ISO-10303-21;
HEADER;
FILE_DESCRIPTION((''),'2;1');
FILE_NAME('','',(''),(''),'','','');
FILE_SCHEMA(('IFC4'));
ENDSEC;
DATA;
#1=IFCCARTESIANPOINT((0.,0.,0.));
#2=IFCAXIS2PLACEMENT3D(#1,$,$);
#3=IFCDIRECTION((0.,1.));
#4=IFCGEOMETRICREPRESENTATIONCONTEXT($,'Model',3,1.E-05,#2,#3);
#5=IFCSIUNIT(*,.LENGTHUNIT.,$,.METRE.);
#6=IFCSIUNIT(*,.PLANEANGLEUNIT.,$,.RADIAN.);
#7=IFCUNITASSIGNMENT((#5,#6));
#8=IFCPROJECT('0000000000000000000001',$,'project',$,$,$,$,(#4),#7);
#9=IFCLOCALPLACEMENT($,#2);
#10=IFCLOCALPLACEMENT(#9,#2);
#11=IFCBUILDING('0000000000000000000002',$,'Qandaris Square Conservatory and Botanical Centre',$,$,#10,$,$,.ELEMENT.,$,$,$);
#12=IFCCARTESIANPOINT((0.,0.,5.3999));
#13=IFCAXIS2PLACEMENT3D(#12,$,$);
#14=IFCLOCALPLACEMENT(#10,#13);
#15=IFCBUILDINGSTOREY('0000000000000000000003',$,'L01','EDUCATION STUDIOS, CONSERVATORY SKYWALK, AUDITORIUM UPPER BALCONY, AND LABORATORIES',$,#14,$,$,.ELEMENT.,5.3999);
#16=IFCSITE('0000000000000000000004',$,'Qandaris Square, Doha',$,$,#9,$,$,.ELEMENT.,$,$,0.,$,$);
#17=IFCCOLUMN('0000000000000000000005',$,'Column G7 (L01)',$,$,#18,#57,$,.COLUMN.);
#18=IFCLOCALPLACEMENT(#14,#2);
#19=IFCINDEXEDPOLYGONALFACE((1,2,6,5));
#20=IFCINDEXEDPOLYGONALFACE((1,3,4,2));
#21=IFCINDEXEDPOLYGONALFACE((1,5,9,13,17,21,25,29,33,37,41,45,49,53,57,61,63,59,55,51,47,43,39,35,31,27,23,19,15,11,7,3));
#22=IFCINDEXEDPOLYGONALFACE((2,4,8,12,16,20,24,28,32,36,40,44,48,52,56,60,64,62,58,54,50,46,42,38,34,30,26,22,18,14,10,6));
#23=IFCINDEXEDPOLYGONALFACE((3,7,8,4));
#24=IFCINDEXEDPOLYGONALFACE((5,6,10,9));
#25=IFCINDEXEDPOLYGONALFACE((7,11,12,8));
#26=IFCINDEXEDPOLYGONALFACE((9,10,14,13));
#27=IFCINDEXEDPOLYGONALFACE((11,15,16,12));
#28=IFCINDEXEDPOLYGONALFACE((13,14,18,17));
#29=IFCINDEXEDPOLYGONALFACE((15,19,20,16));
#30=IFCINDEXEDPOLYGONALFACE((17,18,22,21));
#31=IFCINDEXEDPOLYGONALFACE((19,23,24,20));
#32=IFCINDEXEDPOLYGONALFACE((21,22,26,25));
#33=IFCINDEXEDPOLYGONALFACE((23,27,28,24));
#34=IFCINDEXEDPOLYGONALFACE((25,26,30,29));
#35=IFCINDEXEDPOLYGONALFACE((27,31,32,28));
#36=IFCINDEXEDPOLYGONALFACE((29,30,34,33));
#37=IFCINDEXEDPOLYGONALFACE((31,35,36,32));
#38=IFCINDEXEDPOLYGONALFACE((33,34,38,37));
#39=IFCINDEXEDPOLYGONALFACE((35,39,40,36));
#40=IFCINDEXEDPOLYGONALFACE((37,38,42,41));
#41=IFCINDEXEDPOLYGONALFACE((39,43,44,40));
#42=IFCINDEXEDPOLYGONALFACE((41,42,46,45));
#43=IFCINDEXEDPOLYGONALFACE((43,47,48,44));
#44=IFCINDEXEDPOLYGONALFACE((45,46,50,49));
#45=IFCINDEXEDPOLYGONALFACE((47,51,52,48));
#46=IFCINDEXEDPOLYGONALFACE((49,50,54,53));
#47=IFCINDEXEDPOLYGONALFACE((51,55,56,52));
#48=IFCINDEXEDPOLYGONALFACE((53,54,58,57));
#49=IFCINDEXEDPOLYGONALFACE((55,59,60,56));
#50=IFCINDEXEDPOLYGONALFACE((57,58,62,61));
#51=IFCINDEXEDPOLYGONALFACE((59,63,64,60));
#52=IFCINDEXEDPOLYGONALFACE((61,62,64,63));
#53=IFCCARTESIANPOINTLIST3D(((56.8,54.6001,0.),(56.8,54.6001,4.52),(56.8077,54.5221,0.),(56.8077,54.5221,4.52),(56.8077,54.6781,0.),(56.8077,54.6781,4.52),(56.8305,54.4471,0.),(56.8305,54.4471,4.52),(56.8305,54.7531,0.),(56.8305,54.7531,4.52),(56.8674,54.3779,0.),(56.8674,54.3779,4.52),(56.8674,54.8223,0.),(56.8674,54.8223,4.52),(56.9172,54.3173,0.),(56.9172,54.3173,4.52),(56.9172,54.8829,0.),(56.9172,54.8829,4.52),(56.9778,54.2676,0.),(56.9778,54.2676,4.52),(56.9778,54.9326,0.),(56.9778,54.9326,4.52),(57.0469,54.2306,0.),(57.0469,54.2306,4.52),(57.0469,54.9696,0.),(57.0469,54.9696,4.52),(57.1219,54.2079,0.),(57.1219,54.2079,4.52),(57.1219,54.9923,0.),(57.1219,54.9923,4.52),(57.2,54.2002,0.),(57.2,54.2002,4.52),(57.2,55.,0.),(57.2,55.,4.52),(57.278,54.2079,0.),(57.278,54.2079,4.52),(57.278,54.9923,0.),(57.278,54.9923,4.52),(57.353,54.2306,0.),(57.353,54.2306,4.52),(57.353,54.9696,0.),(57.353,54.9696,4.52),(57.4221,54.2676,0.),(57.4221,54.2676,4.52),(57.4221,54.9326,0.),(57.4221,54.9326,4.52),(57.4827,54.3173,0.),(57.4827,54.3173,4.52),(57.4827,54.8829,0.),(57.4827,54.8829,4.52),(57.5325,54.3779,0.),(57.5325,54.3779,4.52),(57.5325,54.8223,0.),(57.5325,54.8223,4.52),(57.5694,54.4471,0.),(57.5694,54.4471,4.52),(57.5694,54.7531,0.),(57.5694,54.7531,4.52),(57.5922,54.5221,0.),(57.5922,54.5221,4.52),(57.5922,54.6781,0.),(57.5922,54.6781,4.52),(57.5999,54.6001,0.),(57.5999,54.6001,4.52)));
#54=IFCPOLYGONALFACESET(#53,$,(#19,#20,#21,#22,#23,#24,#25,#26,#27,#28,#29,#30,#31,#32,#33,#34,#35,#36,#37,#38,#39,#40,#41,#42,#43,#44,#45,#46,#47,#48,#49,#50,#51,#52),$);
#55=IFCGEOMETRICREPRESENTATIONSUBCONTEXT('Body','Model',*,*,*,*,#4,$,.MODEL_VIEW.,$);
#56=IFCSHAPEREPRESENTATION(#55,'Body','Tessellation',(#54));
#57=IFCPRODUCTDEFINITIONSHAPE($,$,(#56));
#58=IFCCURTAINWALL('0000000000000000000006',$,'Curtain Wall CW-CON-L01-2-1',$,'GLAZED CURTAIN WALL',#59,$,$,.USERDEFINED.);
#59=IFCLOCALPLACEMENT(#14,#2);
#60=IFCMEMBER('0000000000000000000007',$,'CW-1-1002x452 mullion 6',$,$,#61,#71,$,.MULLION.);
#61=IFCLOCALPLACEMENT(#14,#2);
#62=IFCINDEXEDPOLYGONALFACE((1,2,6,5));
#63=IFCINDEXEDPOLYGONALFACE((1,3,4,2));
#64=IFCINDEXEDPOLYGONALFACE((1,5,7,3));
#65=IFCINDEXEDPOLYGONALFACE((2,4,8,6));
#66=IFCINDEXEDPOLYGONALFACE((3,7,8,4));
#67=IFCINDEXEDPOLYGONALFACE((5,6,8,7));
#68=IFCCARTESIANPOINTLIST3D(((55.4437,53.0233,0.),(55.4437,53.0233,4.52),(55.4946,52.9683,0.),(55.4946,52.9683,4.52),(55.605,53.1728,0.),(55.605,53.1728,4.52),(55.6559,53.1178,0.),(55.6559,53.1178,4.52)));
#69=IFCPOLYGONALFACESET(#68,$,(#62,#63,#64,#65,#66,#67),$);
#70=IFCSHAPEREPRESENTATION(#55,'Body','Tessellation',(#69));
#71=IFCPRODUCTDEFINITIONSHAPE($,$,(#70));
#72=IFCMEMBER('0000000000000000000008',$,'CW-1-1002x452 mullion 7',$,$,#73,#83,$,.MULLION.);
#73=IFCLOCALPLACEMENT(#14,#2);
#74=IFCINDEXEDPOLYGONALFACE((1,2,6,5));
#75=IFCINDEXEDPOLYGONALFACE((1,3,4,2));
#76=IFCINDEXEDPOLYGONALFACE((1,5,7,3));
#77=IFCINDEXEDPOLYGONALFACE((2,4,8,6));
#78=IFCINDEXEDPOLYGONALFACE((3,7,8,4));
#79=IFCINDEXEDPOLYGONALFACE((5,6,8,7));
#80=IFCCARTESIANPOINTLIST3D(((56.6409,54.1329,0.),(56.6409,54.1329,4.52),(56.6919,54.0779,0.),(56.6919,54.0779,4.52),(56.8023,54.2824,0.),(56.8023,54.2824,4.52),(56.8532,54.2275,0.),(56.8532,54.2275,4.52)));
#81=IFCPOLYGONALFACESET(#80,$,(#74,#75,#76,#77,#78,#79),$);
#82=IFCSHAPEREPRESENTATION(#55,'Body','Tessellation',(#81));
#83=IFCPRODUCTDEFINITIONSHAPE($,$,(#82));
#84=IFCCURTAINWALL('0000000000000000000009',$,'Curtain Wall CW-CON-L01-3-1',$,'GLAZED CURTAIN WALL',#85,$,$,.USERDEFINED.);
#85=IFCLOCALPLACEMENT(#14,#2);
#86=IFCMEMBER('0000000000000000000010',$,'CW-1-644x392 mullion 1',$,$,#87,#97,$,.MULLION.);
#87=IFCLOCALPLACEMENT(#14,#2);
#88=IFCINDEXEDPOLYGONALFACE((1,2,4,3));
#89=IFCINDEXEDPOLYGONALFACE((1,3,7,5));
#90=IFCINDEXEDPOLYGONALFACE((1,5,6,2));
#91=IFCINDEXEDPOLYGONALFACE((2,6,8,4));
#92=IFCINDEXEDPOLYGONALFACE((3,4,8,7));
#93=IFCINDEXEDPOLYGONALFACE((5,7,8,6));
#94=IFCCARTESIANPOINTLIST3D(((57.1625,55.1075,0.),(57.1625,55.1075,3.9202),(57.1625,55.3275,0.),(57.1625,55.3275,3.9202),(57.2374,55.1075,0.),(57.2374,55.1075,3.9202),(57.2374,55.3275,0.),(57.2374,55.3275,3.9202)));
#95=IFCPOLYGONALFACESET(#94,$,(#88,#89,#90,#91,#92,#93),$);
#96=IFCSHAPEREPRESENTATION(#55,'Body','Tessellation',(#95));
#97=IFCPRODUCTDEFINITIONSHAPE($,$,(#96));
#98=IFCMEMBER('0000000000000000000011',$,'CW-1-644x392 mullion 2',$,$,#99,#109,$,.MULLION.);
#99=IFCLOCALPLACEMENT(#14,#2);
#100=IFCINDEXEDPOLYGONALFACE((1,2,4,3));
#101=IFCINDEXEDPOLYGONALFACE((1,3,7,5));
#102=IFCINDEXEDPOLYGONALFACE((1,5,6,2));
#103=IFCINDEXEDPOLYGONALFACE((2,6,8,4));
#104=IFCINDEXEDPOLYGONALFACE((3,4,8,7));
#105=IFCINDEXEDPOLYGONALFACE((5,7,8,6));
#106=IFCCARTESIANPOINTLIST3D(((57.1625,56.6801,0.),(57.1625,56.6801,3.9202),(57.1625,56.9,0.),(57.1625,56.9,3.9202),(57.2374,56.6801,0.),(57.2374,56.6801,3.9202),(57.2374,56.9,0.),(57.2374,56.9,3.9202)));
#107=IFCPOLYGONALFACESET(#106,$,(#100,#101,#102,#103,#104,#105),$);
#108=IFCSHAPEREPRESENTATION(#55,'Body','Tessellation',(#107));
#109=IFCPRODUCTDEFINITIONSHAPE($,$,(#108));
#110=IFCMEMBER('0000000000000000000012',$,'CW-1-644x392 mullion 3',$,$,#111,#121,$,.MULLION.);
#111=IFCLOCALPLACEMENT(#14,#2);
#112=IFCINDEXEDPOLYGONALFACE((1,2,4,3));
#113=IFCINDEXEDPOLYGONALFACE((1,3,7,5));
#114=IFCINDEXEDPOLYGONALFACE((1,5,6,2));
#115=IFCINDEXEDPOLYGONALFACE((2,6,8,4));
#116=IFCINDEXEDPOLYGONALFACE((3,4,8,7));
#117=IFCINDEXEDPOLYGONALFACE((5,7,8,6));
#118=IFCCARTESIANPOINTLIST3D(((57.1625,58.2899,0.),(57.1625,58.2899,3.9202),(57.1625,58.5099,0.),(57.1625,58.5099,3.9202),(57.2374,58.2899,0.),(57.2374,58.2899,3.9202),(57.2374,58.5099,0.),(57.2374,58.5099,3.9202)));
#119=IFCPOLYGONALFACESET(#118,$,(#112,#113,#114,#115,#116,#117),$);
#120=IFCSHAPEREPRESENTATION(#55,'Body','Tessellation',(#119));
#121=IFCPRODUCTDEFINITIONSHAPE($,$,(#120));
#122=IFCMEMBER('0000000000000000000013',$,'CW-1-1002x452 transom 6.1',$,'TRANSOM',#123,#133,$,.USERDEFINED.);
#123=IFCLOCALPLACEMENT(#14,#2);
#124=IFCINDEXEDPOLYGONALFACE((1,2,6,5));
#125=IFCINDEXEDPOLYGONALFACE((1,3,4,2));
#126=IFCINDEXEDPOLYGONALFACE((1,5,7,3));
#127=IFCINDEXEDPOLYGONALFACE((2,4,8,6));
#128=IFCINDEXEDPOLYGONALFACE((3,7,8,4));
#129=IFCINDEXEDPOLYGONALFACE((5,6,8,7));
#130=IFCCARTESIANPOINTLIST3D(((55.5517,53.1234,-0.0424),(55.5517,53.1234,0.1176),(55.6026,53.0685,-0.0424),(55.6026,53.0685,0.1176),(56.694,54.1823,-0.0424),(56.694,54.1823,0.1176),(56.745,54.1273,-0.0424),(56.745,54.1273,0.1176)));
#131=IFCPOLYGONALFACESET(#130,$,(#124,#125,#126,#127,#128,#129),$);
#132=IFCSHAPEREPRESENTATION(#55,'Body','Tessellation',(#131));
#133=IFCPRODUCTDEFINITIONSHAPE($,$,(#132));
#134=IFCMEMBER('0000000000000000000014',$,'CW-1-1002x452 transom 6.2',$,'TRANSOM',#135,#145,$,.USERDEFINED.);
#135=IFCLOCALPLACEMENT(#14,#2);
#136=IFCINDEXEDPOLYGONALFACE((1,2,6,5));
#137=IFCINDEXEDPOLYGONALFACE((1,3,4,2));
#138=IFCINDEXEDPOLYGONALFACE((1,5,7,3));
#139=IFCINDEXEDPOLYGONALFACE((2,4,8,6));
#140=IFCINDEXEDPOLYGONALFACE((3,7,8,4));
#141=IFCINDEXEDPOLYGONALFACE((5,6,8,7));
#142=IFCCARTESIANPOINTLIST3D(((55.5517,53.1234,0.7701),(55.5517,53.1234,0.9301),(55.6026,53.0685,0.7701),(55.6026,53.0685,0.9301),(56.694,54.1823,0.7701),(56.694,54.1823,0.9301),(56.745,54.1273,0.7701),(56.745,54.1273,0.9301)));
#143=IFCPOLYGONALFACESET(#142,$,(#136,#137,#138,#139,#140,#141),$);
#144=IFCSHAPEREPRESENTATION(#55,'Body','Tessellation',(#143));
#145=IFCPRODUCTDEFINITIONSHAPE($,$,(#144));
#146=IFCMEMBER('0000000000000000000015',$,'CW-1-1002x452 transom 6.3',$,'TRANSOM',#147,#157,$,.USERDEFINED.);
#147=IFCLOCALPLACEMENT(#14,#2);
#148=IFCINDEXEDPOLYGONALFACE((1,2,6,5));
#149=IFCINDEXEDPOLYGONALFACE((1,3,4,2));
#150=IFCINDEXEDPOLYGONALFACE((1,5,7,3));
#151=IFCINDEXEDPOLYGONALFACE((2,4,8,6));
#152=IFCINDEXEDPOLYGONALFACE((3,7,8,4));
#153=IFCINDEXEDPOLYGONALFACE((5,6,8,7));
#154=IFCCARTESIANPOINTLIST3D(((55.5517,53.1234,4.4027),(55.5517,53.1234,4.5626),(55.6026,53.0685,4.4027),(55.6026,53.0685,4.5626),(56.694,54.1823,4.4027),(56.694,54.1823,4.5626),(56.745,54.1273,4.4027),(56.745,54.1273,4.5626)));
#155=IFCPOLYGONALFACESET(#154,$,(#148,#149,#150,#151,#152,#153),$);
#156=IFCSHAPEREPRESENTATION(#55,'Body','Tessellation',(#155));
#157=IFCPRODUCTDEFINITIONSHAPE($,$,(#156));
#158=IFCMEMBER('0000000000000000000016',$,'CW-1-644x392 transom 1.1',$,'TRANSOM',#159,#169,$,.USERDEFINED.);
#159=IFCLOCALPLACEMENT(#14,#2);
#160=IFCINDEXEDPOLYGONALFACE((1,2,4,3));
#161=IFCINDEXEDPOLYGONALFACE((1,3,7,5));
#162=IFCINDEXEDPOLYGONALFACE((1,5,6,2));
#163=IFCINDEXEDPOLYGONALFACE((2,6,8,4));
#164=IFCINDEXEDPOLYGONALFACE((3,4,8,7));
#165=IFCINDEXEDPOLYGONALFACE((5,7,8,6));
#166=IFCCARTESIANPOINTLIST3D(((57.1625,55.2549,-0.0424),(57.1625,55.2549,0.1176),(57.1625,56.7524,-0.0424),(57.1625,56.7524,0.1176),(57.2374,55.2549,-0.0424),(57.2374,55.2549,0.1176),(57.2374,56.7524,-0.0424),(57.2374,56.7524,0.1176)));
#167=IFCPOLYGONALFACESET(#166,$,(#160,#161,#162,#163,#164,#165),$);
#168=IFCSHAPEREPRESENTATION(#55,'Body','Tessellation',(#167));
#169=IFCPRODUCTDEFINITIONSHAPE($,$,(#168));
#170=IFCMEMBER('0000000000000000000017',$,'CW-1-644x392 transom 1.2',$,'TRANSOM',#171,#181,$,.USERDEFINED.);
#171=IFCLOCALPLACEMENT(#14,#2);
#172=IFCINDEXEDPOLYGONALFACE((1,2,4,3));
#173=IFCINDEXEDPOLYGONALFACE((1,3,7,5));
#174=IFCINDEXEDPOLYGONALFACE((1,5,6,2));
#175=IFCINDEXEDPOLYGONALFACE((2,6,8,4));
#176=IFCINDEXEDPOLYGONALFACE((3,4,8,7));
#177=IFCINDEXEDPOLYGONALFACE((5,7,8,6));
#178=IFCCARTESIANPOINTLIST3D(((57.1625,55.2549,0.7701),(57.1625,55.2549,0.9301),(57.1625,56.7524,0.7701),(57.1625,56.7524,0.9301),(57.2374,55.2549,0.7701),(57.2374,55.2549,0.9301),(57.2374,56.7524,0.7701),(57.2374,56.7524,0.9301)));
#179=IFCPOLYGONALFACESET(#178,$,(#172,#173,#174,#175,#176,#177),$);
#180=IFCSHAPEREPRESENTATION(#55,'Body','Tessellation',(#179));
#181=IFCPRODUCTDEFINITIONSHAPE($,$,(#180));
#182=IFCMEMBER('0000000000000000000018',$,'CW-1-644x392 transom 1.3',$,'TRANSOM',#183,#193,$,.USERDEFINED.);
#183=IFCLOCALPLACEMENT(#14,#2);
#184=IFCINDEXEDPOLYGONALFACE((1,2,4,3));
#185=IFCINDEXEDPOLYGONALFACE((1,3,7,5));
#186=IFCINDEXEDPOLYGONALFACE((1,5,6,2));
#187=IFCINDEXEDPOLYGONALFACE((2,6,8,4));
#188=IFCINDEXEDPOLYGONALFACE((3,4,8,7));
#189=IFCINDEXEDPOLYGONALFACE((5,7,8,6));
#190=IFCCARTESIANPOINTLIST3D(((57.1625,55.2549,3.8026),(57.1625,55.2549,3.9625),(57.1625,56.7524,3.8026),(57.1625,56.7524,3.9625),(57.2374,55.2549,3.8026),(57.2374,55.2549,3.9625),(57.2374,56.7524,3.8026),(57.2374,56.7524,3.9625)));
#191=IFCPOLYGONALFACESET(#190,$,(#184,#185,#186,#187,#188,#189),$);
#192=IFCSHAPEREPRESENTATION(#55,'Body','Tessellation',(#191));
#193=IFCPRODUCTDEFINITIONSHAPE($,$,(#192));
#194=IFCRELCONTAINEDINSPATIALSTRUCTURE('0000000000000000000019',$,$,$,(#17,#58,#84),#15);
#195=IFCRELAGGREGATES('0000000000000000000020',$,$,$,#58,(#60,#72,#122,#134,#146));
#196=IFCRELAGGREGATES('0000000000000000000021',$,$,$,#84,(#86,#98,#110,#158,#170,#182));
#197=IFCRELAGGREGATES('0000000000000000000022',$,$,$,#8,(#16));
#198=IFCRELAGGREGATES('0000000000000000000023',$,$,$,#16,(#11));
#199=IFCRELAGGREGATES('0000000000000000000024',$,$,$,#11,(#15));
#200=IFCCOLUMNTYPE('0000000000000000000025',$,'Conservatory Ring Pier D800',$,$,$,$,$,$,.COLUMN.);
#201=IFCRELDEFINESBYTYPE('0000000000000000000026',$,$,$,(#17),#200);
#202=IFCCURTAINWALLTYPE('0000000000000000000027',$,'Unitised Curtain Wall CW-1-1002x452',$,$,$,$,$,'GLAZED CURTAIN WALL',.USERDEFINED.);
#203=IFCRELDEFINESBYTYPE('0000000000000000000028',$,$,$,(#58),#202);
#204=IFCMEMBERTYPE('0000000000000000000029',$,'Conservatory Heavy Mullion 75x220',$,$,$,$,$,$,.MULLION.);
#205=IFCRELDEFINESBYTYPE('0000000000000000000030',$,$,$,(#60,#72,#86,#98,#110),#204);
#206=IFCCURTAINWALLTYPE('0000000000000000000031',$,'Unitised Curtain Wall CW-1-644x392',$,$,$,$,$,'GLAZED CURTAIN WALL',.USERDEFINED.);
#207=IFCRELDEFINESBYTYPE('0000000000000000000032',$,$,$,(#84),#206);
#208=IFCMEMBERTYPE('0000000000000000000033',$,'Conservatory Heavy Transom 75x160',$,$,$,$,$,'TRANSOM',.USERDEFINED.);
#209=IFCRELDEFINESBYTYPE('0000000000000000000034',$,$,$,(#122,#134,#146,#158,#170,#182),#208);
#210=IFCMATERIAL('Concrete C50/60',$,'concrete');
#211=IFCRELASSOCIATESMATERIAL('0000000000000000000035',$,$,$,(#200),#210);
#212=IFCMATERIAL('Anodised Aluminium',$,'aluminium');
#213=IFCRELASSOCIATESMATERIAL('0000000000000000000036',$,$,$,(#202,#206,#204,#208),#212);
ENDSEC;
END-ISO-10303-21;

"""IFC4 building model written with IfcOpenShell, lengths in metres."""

from ifc_helpers import new_model, si_unit, direction, frame, origin, origin_2d, place, context, subcontext, project, spatial, rectangle, circle, extrude, material, material_profile, profile_set, type_object, element, aggregate, save


model = new_model("IFC4")

# Units and contexts
model_context = context("Model", 3, precision=1e-05, world=origin(), true_north=direction((0.0, 1.0)))
body_context = subcontext(model_context, "Body", "Model", "MODEL_VIEW")
ifc_project = project(units=[si_unit("LENGTHUNIT", "METRE"), si_unit("PLANEANGLEUNIT", "RADIAN")], contexts=[model_context])

# Site, building, storey
site_placement = place(None, origin())
site = spatial("IfcSite", under=ifc_project, at=site_placement, Name="Qandaris Square, Doha", CompositionType="ELEMENT", RefElevation=0.0)
building_placement = place(site_placement, origin())
building = spatial("IfcBuilding", under=site, at=building_placement, Name="Qandaris Square Conservatory and Botanical Centre", CompositionType="ELEMENT")
storey_placement = place(building_placement, frame((0.0, 0.0, 5.3999)))
storey = spatial("IfcBuildingStorey", under=building, at=storey_placement, Name="L01", Description="EDUCATION STUDIOS, CONSERVATORY SKYWALK, AUDITORIUM UPPER BALCONY, AND LABORATORIES", CompositionType="ELEMENT", Elevation=5.3999)

# Column
ifc_material_1 = material(Name="Concrete C50/60", Category="concrete")
ifc_material_profile_1 = material_profile(ifc_material_1, circle(Radius=0.3999, at=origin_2d()), Name="RC-COL D800")
ifc_profile_set_1 = profile_set([ifc_material_profile_1], Name="Concrete C50/60")
column_type = type_object("IfcColumnType", Name="Conservatory Ring Pier D800", PredefinedType="COLUMN", material=ifc_profile_set_1)
column_placement = place(storey_placement, frame((57.2, 54.6001, 0.0), z_axis=(0.0, 0.0, 1.0), x_axis=(1.0, 0.0, 0.0)))
element("IfcColumn", 1, at=column_placement, inside=storey, type_object=column_type, Name="Column G7 (L01)", PredefinedType="COLUMN", context=body_context, shape_type="SweptSolid", body=[
    extrude(circle(Radius=0.3999, at=origin_2d()), origin(), (0.0, 0.0, 1.0), 4.52),
])

# Curtain walls, members
ifc_material_2 = material(Name="Anodised Aluminium", Category="aluminium")
curtain_wall_type_1 = type_object("IfcCurtainWallType", Name="Unitised Curtain Wall CW-1-1002x452", ElementType="GLAZED CURTAIN WALL", PredefinedType="USERDEFINED", material=ifc_material_2)
curtain_wall_1_placement = place(storey_placement, origin())
curtain_wall_1 = element("IfcCurtainWall", 2, at=curtain_wall_1_placement, inside=storey, type_object=curtain_wall_type_1, Name="Curtain Wall CW-CON-L01-2-1", ObjectType="GLAZED CURTAIN WALL", PredefinedType="USERDEFINED")
ifc_material_profile_2 = material_profile(ifc_material_2, rectangle(XDim=0.075, YDim=0.22, at=origin_2d()), Name="ALU-MUL 75x220")
ifc_profile_set_2 = profile_set([ifc_material_profile_2], Name="Anodised Aluminium")
member_type_1 = type_object("IfcMemberType", Name="Conservatory Heavy Mullion 75x220", PredefinedType="MULLION", material=ifc_profile_set_2)
member_1_placement = place(storey_placement, frame((55.5498, 53.0706, 0.0), z_axis=(0.0, 0.0, 1.0), x_axis=(-0.679762, 0.733433, 0.0)))
member_1 = element("IfcMember", 3, at=member_1_placement, type_object=member_type_1, Name="CW-1-1002x452 mullion 6", PredefinedType="MULLION", context=body_context, shape_type="SweptSolid", body=[
    extrude(rectangle(XDim=0.075, YDim=0.22, at=origin_2d()), origin(), (0.0, 0.0, 1.0), 4.52),
])
member_2_placement = place(storey_placement, frame((56.7471, 54.1802, 0.0), z_axis=(0.0, 0.0, 1.0), x_axis=(-0.679762, 0.733433, 0.0)))
member_2 = element("IfcMember", 4, at=member_2_placement, type_object=member_type_1, Name="CW-1-1002x452 mullion 7", PredefinedType="MULLION", context=body_context, shape_type="SweptSolid", body=[
    extrude(rectangle(XDim=0.075, YDim=0.22, at=origin_2d()), origin(), (0.0, 0.0, 1.0), 4.52),
])
curtain_wall_type_2 = type_object("IfcCurtainWallType", Name="Unitised Curtain Wall CW-1-644x392", ElementType="GLAZED CURTAIN WALL", PredefinedType="USERDEFINED", material=ifc_material_2)
curtain_wall_2_placement = place(storey_placement, origin())
curtain_wall_2 = element("IfcCurtainWall", 5, at=curtain_wall_2_placement, inside=storey, type_object=curtain_wall_type_2, Name="Curtain Wall CW-CON-L01-3-1", ObjectType="GLAZED CURTAIN WALL", PredefinedType="USERDEFINED")
member_3_placement = place(storey_placement, frame((57.2, 55.2175, 0.0), z_axis=(0.0, 0.0, 1.0), x_axis=(-1.0, 0.0, 0.0)))
member_3 = element("IfcMember", 6, at=member_3_placement, type_object=member_type_1, Name="CW-1-644x392 mullion 1", PredefinedType="MULLION", context=body_context, shape_type="SweptSolid", body=[
    extrude(rectangle(XDim=0.075, YDim=0.22, at=origin_2d()), origin(), (0.0, 0.0, 1.0), 3.9202),
])
member_4_placement = place(storey_placement, frame((57.2, 56.79, 0.0), z_axis=(0.0, 0.0, 1.0), x_axis=(-1.0, 0.0, 0.0)))
member_4 = element("IfcMember", 7, at=member_4_placement, type_object=member_type_1, Name="CW-1-644x392 mullion 2", PredefinedType="MULLION", context=body_context, shape_type="SweptSolid", body=[
    extrude(rectangle(XDim=0.075, YDim=0.22, at=origin_2d()), origin(), (0.0, 0.0, 1.0), 3.9202),
])
member_5_placement = place(storey_placement, frame((57.2, 58.3999, 0.0), z_axis=(0.0, 0.0, 1.0), x_axis=(-1.0, 0.0, 0.0)))
member_5 = element("IfcMember", 8, at=member_5_placement, type_object=member_type_1, Name="CW-1-644x392 mullion 3", PredefinedType="MULLION", context=body_context, shape_type="SweptSolid", body=[
    extrude(rectangle(XDim=0.075, YDim=0.22, at=origin_2d()), origin(), (0.0, 0.0, 1.0), 3.9202),
])

# Members
ifc_material_profile_3 = material_profile(ifc_material_2, rectangle(XDim=0.075, YDim=0.1599, at=origin_2d()), Name="ALU-TRN 75x160")
ifc_profile_set_3 = profile_set([ifc_material_profile_3], Name="Anodised Aluminium")
member_type_2 = type_object("IfcMemberType", Name="Conservatory Heavy Transom 75x160", ElementType="TRANSOM", PredefinedType="USERDEFINED", material=ifc_profile_set_3)
member_6_placement = place(storey_placement, frame((55.5771, 53.0959, 0.0376), z_axis=(0.733402, 0.679796, 0.0), x_axis=(-0.679796, 0.733402, 0.0)))
member_6 = element("IfcMember", 9, at=member_6_placement, type_object=member_type_2, Name="CW-1-1002x452 transom 6.1", ObjectType="TRANSOM", PredefinedType="USERDEFINED", context=body_context, shape_type="SweptSolid", body=[
    extrude(rectangle(XDim=0.075, YDim=0.1599, at=origin_2d()), origin(), (0.0, 0.0, 1.0), 1.5576),
])
member_7_placement = place(storey_placement, frame((55.5771, 53.0959, 0.8501), z_axis=(0.733402, 0.679796, 0.0), x_axis=(-0.679796, 0.733402, 0.0)))
member_7 = element("IfcMember", 10, at=member_7_placement, type_object=member_type_2, Name="CW-1-1002x452 transom 6.2", ObjectType="TRANSOM", PredefinedType="USERDEFINED", context=body_context, shape_type="SweptSolid", body=[
    extrude(rectangle(XDim=0.075, YDim=0.1599, at=origin_2d()), origin(), (0.0, 0.0, 1.0), 1.5576),
])
member_8_placement = place(storey_placement, frame((55.5771, 53.0959, 4.4827), z_axis=(0.733402, 0.679796, 0.0), x_axis=(-0.679796, 0.733402, 0.0)))
member_8 = element("IfcMember", 11, at=member_8_placement, type_object=member_type_2, Name="CW-1-1002x452 transom 6.3", ObjectType="TRANSOM", PredefinedType="USERDEFINED", context=body_context, shape_type="SweptSolid", body=[
    extrude(rectangle(XDim=0.075, YDim=0.1599, at=origin_2d()), origin(), (0.0, 0.0, 1.0), 1.5576),
])
member_9_placement = place(storey_placement, frame((57.2, 55.2549, 0.0376), z_axis=(0.0, 1.0, 0.0), x_axis=(-1.0, 0.0, 0.0)))
member_9 = element("IfcMember", 12, at=member_9_placement, type_object=member_type_2, Name="CW-1-644x392 transom 1.1", ObjectType="TRANSOM", PredefinedType="USERDEFINED", context=body_context, shape_type="SweptSolid", body=[
    extrude(rectangle(XDim=0.075, YDim=0.1599, at=origin_2d()), origin(), (0.0, 0.0, 1.0), 1.4976),
])
member_10_placement = place(storey_placement, frame((57.2, 55.2549, 0.8501), z_axis=(0.0, 1.0, 0.0), x_axis=(-1.0, 0.0, 0.0)))
member_10 = element("IfcMember", 13, at=member_10_placement, type_object=member_type_2, Name="CW-1-644x392 transom 1.2", ObjectType="TRANSOM", PredefinedType="USERDEFINED", context=body_context, shape_type="SweptSolid", body=[
    extrude(rectangle(XDim=0.075, YDim=0.1599, at=origin_2d()), origin(), (0.0, 0.0, 1.0), 1.4976),
])
member_11_placement = place(storey_placement, frame((57.2, 55.2549, 3.8826), z_axis=(0.0, 1.0, 0.0), x_axis=(-1.0, 0.0, 0.0)))
member_11 = element("IfcMember", 14, at=member_11_placement, type_object=member_type_2, Name="CW-1-644x392 transom 1.3", ObjectType="TRANSOM", PredefinedType="USERDEFINED", context=body_context, shape_type="SweptSolid", body=[
    extrude(rectangle(XDim=0.075, YDim=0.1599, at=origin_2d()), origin(), (0.0, 0.0, 1.0), 1.4976),
])

aggregate(curtain_wall_1, [member_1, member_2, member_6, member_7, member_8])
aggregate(curtain_wall_2, [member_3, member_4, member_5, member_9, member_10, member_11])

save(model, "model.ifc")
